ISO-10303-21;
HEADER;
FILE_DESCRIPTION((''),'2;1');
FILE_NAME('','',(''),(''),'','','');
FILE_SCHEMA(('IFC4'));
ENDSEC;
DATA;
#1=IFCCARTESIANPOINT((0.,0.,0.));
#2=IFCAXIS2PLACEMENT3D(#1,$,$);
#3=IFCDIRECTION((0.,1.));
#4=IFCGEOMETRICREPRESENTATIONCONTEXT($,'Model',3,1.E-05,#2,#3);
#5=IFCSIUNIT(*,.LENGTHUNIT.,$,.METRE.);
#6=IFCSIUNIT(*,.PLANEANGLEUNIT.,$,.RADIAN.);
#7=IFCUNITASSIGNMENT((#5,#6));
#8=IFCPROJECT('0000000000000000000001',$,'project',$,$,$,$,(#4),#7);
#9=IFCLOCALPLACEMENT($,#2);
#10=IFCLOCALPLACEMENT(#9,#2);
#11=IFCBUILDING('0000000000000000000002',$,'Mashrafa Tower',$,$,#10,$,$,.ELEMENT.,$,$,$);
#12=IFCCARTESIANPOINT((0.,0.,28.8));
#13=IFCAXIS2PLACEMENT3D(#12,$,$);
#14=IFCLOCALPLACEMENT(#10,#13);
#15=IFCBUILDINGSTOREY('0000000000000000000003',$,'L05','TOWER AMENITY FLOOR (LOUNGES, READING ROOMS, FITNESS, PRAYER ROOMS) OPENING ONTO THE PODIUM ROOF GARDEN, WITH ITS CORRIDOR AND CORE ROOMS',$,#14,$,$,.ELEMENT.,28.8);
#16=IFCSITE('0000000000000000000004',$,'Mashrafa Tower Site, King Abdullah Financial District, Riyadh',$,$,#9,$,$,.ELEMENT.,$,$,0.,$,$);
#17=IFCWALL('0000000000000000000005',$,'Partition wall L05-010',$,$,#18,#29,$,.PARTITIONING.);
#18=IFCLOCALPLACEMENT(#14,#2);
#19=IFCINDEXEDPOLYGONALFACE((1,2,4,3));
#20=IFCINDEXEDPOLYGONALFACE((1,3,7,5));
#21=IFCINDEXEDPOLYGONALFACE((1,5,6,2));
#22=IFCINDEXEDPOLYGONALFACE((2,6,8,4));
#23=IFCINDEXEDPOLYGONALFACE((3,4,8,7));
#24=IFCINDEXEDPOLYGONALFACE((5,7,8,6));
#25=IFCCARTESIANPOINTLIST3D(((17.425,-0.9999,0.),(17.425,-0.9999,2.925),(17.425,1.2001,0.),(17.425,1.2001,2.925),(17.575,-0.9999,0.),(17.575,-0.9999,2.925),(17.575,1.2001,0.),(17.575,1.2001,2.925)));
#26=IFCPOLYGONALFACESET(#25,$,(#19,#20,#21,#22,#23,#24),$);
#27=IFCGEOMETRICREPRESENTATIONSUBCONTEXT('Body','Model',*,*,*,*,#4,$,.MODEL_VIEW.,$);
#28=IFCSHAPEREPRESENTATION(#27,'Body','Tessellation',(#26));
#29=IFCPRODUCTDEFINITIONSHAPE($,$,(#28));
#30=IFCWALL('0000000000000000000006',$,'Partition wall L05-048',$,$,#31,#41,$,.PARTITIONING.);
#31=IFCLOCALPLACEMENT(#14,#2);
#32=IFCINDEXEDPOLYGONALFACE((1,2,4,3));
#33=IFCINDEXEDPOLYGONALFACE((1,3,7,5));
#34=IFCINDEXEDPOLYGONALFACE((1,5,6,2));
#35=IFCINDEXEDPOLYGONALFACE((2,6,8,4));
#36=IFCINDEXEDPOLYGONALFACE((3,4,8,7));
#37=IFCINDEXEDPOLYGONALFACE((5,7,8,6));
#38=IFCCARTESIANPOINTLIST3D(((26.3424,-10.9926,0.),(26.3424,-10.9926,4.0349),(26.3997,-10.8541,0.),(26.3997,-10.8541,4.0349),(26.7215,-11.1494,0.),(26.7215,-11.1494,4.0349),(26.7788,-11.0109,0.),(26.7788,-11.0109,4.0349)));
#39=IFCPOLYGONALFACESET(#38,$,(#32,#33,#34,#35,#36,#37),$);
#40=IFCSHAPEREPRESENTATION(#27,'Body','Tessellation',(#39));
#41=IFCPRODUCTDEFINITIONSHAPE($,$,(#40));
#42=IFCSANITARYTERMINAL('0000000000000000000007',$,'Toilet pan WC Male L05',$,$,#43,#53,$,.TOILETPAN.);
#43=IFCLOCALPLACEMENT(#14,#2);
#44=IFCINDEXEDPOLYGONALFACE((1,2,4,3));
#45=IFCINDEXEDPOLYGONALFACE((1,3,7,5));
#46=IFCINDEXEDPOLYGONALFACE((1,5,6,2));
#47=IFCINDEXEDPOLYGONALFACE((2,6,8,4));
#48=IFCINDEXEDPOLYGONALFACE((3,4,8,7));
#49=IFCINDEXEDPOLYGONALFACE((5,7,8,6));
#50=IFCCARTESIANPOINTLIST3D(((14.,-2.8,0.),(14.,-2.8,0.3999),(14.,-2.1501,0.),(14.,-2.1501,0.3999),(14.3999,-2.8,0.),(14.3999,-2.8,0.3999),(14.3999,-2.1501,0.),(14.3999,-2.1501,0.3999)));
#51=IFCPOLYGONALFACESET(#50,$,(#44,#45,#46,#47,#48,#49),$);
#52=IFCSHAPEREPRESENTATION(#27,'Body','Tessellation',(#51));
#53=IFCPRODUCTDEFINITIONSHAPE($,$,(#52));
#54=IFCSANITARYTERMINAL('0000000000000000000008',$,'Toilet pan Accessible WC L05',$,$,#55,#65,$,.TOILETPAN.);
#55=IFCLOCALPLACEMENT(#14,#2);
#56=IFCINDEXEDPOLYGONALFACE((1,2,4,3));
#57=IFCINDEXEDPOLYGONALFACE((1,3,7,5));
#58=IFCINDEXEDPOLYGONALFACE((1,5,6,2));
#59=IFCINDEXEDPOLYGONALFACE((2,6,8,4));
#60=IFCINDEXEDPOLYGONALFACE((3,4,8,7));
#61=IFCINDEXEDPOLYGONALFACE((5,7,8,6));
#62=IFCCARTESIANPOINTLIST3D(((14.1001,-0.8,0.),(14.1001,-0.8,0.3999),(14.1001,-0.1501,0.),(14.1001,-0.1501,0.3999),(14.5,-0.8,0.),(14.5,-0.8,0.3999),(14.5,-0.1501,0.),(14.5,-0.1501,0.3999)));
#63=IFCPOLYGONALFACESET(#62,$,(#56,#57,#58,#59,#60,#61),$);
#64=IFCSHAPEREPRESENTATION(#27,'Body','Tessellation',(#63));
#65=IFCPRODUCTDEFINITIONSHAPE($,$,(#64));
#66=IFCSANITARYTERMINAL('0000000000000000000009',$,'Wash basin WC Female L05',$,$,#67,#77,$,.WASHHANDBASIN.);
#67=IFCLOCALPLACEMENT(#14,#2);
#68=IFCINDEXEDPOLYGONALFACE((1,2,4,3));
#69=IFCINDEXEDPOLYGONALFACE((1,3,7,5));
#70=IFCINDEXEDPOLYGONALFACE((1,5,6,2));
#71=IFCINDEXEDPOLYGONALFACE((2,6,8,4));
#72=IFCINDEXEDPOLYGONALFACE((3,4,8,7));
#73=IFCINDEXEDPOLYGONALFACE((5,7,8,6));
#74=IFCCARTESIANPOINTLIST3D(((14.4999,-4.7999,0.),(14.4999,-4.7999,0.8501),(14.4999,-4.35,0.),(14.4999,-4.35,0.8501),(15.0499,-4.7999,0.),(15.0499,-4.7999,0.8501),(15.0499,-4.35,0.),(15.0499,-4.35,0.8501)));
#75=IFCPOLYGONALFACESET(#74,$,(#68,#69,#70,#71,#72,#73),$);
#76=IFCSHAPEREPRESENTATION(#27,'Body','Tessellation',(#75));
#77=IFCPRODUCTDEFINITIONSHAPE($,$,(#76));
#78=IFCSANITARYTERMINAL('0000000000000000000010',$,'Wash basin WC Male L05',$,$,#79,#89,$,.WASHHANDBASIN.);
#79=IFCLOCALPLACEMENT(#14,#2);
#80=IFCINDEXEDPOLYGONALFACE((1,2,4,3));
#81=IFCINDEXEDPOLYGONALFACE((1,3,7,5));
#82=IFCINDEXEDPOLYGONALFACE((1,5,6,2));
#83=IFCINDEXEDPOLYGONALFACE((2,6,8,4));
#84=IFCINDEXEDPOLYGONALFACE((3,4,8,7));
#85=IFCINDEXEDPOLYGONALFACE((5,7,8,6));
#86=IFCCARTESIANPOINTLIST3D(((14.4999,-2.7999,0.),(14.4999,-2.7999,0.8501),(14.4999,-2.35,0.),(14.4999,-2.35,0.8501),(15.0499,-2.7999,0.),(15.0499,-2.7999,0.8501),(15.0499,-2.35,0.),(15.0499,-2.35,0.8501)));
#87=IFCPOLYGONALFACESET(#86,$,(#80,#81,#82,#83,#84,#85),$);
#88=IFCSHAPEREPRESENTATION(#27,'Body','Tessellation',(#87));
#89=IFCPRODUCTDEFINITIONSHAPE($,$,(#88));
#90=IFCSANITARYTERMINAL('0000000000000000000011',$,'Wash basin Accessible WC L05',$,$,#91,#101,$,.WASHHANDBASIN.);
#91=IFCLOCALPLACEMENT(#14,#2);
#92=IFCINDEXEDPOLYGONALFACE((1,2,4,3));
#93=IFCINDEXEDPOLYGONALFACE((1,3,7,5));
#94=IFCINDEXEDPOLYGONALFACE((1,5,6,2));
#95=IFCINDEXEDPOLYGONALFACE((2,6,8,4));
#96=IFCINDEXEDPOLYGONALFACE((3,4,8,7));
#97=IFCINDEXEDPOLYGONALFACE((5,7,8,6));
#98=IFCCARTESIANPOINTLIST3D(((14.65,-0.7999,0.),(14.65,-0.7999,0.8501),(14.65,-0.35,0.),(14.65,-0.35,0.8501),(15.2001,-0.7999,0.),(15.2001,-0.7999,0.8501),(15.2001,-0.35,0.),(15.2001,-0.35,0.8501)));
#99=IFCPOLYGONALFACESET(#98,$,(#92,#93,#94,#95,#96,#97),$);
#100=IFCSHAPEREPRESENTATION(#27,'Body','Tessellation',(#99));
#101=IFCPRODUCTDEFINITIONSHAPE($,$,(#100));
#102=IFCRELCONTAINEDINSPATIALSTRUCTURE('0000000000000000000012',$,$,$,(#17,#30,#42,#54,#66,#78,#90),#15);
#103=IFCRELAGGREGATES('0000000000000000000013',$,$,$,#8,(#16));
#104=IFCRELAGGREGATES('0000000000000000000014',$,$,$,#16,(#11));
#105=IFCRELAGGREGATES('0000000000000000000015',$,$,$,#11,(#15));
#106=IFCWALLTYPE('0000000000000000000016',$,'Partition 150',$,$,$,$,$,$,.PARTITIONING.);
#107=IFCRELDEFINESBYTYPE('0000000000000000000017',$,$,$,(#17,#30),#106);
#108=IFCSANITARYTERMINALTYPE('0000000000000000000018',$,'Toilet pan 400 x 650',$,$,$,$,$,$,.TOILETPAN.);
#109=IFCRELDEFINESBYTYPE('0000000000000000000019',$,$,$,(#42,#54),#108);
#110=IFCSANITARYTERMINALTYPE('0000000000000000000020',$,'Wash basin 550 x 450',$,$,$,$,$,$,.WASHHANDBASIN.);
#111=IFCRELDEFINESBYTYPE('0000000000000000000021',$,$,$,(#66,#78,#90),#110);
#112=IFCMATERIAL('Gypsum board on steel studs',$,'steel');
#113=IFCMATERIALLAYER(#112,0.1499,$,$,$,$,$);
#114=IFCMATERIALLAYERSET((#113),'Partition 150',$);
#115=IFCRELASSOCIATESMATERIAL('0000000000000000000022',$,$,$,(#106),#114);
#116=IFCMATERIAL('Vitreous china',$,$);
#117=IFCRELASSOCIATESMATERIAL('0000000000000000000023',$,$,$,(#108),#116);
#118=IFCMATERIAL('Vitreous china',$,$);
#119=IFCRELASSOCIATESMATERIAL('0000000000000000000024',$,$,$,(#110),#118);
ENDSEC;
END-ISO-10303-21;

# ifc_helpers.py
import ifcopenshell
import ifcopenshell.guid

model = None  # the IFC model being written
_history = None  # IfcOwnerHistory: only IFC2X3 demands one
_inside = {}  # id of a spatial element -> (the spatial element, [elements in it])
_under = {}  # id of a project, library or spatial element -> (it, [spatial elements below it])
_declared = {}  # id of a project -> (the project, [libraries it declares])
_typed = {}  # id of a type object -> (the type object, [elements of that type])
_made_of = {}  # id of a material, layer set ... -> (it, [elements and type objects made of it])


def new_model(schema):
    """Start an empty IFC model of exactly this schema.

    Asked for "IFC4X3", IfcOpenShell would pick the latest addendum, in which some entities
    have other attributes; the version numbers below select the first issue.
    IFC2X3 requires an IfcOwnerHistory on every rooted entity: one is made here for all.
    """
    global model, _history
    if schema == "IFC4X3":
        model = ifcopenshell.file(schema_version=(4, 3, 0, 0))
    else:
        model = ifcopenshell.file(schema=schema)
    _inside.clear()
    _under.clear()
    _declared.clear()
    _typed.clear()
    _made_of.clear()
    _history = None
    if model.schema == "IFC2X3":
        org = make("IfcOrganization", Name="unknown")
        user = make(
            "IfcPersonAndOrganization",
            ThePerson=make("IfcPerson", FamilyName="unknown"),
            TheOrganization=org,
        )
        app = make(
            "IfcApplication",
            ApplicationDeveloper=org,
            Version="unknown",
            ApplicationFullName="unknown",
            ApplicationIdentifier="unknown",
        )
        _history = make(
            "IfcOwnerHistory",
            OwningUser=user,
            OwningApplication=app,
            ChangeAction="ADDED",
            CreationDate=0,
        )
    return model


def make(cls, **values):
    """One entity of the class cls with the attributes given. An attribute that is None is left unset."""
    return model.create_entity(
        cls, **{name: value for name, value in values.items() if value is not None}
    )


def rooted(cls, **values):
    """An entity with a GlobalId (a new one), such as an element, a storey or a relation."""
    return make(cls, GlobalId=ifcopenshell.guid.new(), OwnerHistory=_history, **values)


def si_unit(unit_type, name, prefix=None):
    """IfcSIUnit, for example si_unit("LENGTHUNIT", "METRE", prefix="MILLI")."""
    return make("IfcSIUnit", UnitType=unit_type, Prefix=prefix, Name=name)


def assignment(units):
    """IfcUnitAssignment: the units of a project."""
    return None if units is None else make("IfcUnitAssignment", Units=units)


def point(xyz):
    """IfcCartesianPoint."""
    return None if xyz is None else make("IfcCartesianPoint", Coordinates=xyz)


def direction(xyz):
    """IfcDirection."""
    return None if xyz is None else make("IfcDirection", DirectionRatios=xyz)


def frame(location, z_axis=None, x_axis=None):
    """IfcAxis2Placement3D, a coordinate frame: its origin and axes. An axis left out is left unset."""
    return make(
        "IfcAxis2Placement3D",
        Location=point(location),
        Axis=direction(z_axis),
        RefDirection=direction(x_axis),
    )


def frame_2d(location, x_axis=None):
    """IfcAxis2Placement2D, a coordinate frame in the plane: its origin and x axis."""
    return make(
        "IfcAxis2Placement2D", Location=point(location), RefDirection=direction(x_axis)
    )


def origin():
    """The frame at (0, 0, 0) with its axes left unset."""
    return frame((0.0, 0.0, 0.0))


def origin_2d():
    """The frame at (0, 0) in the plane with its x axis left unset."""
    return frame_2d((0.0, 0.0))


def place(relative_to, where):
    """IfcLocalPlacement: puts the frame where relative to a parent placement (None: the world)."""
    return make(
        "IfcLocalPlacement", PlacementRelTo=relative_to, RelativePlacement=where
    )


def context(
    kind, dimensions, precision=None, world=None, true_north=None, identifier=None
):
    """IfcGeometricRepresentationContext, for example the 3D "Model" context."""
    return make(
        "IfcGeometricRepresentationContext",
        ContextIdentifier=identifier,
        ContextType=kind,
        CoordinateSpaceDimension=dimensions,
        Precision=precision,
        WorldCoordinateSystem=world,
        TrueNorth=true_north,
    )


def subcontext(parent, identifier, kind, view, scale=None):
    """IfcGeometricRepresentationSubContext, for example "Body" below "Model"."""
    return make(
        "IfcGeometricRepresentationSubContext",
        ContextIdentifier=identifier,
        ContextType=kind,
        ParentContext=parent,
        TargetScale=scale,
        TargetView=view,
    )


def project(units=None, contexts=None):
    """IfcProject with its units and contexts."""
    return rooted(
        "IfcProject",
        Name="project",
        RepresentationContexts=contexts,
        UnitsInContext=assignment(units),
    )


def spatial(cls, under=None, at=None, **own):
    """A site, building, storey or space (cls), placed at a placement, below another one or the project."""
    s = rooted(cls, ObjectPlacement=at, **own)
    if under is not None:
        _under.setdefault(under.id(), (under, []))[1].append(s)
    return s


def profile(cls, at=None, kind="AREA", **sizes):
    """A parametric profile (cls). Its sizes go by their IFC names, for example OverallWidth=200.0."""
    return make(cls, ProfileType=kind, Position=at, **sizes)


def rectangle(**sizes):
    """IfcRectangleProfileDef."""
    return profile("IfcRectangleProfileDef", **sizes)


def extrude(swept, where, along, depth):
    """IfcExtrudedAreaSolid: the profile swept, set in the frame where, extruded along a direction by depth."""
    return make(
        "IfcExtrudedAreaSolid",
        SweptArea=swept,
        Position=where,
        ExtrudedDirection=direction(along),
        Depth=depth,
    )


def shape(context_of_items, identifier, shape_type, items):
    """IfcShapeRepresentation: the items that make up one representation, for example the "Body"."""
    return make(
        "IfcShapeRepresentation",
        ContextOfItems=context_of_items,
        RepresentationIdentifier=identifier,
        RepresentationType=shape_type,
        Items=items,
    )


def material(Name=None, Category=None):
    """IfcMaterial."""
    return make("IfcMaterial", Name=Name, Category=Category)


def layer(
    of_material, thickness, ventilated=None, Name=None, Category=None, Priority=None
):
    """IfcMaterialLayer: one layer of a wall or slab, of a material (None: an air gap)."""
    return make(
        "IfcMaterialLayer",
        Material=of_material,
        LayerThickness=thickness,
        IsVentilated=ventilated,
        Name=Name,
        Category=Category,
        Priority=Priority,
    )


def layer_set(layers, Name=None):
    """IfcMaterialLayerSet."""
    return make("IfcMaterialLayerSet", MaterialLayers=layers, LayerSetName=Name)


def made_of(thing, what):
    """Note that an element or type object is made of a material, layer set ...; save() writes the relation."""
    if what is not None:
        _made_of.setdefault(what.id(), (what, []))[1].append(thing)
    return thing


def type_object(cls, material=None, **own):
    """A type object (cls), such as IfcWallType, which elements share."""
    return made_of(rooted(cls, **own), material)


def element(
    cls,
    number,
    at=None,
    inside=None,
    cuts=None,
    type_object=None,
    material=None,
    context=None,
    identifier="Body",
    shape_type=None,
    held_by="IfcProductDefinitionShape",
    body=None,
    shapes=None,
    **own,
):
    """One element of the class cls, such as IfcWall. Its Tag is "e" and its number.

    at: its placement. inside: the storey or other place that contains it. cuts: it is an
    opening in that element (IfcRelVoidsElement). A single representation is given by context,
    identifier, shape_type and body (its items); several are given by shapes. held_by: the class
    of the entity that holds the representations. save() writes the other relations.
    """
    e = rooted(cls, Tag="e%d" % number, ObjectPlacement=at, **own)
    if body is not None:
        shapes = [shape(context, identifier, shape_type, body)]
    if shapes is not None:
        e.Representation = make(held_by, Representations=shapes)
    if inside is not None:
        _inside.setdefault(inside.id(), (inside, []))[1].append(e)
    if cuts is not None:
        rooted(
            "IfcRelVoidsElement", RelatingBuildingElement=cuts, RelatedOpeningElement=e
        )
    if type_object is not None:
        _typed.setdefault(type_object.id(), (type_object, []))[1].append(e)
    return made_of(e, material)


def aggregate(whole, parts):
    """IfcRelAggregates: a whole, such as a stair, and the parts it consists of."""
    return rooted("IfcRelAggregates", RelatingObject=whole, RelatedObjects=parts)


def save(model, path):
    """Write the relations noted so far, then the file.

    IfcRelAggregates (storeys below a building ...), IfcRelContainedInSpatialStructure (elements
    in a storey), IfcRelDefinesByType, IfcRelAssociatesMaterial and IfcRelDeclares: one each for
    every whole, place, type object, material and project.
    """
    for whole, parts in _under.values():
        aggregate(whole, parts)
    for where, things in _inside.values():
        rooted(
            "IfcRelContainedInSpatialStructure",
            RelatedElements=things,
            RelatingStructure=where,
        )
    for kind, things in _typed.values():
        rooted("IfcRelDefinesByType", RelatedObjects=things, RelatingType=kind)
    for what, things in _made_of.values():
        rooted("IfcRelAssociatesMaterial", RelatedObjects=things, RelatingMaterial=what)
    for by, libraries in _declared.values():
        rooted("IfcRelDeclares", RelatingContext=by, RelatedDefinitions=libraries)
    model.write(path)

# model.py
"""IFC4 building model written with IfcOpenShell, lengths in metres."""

from ifc_helpers import new_model, si_unit, direction, frame, frame_2d, origin, origin_2d, place, context, subcontext, project, spatial, rectangle, extrude, material, layer, layer_set, type_object, element, save


model = new_model("IFC4")

# Units and contexts
model_context = context("Model", 3, precision=1e-05, world=origin(), true_north=direction((0.0, 1.0)))
body_context = subcontext(model_context, "Body", "Model", "MODEL_VIEW")
ifc_project = project(units=[si_unit("LENGTHUNIT", "METRE"), si_unit("PLANEANGLEUNIT", "RADIAN")], contexts=[model_context])

# Site, building, storey
site_placement = place(None, origin())
site = spatial("IfcSite", under=ifc_project, at=site_placement, Name="Mashrafa Tower Site, King Abdullah Financial District, Riyadh", CompositionType="ELEMENT", RefElevation=0.0)
building_placement = place(site_placement, origin())
building = spatial("IfcBuilding", under=site, at=building_placement, Name="Mashrafa Tower", CompositionType="ELEMENT")
storey_placement = place(building_placement, frame((0.0, 0.0, 28.8)))
storey = spatial("IfcBuildingStorey", under=building, at=storey_placement, Name="L05", Description="TOWER AMENITY FLOOR (LOUNGES, READING ROOMS, FITNESS, PRAYER ROOMS) OPENING ONTO THE PODIUM ROOF GARDEN, WITH ITS CORRIDOR AND CORE ROOMS", CompositionType="ELEMENT", Elevation=28.8)

# Walls
ifc_material_1 = material(Name="Gypsum board on steel studs", Category="steel")
ifc_layer_1 = layer(ifc_material_1, 0.1499)
ifc_layer_set_1 = layer_set([ifc_layer_1], Name="Partition 150")
wall_type = type_object("IfcWallType", Name="Partition 150", PredefinedType="PARTITIONING", material=ifc_layer_set_1)
wall_1_placement = place(storey_placement, frame((17.5, -1.0, 0.0), z_axis=(0.0, 0.0, 1.0), x_axis=(0.0, 1.0, 0.0)))
element("IfcWall", 1, at=wall_1_placement, inside=storey, type_object=wall_type, Name="Partition wall L05-010", PredefinedType="PARTITIONING", context=body_context, shape_type="SweptSolid", body=[
    extrude(rectangle(XDim=2.2, YDim=0.1499, at=frame_2d((1.1001, 0.0))), origin(), (0.0, 0.0, 1.0), 2.925),
])
wall_2_placement = place(storey_placement, frame((26.3711, -10.9233, 0.0), z_axis=(0.0, 0.0, 1.0), x_axis=(0.92406, -0.382247, 0.0)))
element("IfcWall", 2, at=wall_2_placement, inside=storey, type_object=wall_type, Name="Partition wall L05-048", PredefinedType="PARTITIONING", context=body_context, shape_type="SweptSolid", body=[
    extrude(rectangle(XDim=0.4102, YDim=0.1499, at=frame_2d((0.2051, 0.0))), origin(), (0.0, 0.0, 1.0), 4.0349),
])

# Sanitary terminals
ifc_material_2 = material(Name="Vitreous china")
sanitary_terminal_type_1 = type_object("IfcSanitaryTerminalType", Name="Toilet pan 400 x 650", PredefinedType="TOILETPAN", material=ifc_material_2)
for number, where, z_axis, x_axis, name in (
    (3, (14.2, -2.4751, 0.0), (0.0, 0.0, 1.0), (1.0, 0.0, 0.0), "Toilet pan WC Male L05"),
    (4, (14.3, -0.4751, 0.0), (0.0, 0.0, 1.0), (1.0, 0.0, 0.0), "Toilet pan Accessible WC L05"),
):
    element("IfcSanitaryTerminal", number, at=place(storey_placement, frame(where, z_axis=z_axis, x_axis=x_axis)), inside=storey, type_object=sanitary_terminal_type_1, Name=name, PredefinedType="TOILETPAN", context=body_context, shape_type="SweptSolid", body=[
        extrude(rectangle(XDim=0.3999, YDim=0.6499, at=origin_2d()), origin(), (0.0, 0.0, 1.0), 0.3999),
    ])
ifc_material_3 = material(Name="Vitreous china")
sanitary_terminal_type_2 = type_object("IfcSanitaryTerminalType", Name="Wash basin 550 x 450", PredefinedType="WASHHANDBASIN", material=ifc_material_3)
for number, where, z_axis, x_axis, name in (
    (5, (14.7749, -4.575, 0.0), (0.0, 0.0, 1.0), (1.0, 0.0, 0.0), "Wash basin WC Female L05"),
    (6, (14.7749, -2.575, 0.0), (0.0, 0.0, 1.0), (1.0, 0.0, 0.0), "Wash basin WC Male L05"),
    (7, (14.925, -0.575, 0.0), (0.0, 0.0, 1.0), (1.0, 0.0, 0.0), "Wash basin Accessible WC L05"),
):
    element("IfcSanitaryTerminal", number, at=place(storey_placement, frame(where, z_axis=z_axis, x_axis=x_axis)), inside=storey, type_object=sanitary_terminal_type_2, Name=name, PredefinedType="WASHHANDBASIN", context=body_context, shape_type="SweptSolid", body=[
        extrude(rectangle(XDim=0.55, YDim=0.45, at=origin_2d()), origin(), (0.0, 0.0, 1.0), 0.8501),
    ])

save(model, "model.ifc")
